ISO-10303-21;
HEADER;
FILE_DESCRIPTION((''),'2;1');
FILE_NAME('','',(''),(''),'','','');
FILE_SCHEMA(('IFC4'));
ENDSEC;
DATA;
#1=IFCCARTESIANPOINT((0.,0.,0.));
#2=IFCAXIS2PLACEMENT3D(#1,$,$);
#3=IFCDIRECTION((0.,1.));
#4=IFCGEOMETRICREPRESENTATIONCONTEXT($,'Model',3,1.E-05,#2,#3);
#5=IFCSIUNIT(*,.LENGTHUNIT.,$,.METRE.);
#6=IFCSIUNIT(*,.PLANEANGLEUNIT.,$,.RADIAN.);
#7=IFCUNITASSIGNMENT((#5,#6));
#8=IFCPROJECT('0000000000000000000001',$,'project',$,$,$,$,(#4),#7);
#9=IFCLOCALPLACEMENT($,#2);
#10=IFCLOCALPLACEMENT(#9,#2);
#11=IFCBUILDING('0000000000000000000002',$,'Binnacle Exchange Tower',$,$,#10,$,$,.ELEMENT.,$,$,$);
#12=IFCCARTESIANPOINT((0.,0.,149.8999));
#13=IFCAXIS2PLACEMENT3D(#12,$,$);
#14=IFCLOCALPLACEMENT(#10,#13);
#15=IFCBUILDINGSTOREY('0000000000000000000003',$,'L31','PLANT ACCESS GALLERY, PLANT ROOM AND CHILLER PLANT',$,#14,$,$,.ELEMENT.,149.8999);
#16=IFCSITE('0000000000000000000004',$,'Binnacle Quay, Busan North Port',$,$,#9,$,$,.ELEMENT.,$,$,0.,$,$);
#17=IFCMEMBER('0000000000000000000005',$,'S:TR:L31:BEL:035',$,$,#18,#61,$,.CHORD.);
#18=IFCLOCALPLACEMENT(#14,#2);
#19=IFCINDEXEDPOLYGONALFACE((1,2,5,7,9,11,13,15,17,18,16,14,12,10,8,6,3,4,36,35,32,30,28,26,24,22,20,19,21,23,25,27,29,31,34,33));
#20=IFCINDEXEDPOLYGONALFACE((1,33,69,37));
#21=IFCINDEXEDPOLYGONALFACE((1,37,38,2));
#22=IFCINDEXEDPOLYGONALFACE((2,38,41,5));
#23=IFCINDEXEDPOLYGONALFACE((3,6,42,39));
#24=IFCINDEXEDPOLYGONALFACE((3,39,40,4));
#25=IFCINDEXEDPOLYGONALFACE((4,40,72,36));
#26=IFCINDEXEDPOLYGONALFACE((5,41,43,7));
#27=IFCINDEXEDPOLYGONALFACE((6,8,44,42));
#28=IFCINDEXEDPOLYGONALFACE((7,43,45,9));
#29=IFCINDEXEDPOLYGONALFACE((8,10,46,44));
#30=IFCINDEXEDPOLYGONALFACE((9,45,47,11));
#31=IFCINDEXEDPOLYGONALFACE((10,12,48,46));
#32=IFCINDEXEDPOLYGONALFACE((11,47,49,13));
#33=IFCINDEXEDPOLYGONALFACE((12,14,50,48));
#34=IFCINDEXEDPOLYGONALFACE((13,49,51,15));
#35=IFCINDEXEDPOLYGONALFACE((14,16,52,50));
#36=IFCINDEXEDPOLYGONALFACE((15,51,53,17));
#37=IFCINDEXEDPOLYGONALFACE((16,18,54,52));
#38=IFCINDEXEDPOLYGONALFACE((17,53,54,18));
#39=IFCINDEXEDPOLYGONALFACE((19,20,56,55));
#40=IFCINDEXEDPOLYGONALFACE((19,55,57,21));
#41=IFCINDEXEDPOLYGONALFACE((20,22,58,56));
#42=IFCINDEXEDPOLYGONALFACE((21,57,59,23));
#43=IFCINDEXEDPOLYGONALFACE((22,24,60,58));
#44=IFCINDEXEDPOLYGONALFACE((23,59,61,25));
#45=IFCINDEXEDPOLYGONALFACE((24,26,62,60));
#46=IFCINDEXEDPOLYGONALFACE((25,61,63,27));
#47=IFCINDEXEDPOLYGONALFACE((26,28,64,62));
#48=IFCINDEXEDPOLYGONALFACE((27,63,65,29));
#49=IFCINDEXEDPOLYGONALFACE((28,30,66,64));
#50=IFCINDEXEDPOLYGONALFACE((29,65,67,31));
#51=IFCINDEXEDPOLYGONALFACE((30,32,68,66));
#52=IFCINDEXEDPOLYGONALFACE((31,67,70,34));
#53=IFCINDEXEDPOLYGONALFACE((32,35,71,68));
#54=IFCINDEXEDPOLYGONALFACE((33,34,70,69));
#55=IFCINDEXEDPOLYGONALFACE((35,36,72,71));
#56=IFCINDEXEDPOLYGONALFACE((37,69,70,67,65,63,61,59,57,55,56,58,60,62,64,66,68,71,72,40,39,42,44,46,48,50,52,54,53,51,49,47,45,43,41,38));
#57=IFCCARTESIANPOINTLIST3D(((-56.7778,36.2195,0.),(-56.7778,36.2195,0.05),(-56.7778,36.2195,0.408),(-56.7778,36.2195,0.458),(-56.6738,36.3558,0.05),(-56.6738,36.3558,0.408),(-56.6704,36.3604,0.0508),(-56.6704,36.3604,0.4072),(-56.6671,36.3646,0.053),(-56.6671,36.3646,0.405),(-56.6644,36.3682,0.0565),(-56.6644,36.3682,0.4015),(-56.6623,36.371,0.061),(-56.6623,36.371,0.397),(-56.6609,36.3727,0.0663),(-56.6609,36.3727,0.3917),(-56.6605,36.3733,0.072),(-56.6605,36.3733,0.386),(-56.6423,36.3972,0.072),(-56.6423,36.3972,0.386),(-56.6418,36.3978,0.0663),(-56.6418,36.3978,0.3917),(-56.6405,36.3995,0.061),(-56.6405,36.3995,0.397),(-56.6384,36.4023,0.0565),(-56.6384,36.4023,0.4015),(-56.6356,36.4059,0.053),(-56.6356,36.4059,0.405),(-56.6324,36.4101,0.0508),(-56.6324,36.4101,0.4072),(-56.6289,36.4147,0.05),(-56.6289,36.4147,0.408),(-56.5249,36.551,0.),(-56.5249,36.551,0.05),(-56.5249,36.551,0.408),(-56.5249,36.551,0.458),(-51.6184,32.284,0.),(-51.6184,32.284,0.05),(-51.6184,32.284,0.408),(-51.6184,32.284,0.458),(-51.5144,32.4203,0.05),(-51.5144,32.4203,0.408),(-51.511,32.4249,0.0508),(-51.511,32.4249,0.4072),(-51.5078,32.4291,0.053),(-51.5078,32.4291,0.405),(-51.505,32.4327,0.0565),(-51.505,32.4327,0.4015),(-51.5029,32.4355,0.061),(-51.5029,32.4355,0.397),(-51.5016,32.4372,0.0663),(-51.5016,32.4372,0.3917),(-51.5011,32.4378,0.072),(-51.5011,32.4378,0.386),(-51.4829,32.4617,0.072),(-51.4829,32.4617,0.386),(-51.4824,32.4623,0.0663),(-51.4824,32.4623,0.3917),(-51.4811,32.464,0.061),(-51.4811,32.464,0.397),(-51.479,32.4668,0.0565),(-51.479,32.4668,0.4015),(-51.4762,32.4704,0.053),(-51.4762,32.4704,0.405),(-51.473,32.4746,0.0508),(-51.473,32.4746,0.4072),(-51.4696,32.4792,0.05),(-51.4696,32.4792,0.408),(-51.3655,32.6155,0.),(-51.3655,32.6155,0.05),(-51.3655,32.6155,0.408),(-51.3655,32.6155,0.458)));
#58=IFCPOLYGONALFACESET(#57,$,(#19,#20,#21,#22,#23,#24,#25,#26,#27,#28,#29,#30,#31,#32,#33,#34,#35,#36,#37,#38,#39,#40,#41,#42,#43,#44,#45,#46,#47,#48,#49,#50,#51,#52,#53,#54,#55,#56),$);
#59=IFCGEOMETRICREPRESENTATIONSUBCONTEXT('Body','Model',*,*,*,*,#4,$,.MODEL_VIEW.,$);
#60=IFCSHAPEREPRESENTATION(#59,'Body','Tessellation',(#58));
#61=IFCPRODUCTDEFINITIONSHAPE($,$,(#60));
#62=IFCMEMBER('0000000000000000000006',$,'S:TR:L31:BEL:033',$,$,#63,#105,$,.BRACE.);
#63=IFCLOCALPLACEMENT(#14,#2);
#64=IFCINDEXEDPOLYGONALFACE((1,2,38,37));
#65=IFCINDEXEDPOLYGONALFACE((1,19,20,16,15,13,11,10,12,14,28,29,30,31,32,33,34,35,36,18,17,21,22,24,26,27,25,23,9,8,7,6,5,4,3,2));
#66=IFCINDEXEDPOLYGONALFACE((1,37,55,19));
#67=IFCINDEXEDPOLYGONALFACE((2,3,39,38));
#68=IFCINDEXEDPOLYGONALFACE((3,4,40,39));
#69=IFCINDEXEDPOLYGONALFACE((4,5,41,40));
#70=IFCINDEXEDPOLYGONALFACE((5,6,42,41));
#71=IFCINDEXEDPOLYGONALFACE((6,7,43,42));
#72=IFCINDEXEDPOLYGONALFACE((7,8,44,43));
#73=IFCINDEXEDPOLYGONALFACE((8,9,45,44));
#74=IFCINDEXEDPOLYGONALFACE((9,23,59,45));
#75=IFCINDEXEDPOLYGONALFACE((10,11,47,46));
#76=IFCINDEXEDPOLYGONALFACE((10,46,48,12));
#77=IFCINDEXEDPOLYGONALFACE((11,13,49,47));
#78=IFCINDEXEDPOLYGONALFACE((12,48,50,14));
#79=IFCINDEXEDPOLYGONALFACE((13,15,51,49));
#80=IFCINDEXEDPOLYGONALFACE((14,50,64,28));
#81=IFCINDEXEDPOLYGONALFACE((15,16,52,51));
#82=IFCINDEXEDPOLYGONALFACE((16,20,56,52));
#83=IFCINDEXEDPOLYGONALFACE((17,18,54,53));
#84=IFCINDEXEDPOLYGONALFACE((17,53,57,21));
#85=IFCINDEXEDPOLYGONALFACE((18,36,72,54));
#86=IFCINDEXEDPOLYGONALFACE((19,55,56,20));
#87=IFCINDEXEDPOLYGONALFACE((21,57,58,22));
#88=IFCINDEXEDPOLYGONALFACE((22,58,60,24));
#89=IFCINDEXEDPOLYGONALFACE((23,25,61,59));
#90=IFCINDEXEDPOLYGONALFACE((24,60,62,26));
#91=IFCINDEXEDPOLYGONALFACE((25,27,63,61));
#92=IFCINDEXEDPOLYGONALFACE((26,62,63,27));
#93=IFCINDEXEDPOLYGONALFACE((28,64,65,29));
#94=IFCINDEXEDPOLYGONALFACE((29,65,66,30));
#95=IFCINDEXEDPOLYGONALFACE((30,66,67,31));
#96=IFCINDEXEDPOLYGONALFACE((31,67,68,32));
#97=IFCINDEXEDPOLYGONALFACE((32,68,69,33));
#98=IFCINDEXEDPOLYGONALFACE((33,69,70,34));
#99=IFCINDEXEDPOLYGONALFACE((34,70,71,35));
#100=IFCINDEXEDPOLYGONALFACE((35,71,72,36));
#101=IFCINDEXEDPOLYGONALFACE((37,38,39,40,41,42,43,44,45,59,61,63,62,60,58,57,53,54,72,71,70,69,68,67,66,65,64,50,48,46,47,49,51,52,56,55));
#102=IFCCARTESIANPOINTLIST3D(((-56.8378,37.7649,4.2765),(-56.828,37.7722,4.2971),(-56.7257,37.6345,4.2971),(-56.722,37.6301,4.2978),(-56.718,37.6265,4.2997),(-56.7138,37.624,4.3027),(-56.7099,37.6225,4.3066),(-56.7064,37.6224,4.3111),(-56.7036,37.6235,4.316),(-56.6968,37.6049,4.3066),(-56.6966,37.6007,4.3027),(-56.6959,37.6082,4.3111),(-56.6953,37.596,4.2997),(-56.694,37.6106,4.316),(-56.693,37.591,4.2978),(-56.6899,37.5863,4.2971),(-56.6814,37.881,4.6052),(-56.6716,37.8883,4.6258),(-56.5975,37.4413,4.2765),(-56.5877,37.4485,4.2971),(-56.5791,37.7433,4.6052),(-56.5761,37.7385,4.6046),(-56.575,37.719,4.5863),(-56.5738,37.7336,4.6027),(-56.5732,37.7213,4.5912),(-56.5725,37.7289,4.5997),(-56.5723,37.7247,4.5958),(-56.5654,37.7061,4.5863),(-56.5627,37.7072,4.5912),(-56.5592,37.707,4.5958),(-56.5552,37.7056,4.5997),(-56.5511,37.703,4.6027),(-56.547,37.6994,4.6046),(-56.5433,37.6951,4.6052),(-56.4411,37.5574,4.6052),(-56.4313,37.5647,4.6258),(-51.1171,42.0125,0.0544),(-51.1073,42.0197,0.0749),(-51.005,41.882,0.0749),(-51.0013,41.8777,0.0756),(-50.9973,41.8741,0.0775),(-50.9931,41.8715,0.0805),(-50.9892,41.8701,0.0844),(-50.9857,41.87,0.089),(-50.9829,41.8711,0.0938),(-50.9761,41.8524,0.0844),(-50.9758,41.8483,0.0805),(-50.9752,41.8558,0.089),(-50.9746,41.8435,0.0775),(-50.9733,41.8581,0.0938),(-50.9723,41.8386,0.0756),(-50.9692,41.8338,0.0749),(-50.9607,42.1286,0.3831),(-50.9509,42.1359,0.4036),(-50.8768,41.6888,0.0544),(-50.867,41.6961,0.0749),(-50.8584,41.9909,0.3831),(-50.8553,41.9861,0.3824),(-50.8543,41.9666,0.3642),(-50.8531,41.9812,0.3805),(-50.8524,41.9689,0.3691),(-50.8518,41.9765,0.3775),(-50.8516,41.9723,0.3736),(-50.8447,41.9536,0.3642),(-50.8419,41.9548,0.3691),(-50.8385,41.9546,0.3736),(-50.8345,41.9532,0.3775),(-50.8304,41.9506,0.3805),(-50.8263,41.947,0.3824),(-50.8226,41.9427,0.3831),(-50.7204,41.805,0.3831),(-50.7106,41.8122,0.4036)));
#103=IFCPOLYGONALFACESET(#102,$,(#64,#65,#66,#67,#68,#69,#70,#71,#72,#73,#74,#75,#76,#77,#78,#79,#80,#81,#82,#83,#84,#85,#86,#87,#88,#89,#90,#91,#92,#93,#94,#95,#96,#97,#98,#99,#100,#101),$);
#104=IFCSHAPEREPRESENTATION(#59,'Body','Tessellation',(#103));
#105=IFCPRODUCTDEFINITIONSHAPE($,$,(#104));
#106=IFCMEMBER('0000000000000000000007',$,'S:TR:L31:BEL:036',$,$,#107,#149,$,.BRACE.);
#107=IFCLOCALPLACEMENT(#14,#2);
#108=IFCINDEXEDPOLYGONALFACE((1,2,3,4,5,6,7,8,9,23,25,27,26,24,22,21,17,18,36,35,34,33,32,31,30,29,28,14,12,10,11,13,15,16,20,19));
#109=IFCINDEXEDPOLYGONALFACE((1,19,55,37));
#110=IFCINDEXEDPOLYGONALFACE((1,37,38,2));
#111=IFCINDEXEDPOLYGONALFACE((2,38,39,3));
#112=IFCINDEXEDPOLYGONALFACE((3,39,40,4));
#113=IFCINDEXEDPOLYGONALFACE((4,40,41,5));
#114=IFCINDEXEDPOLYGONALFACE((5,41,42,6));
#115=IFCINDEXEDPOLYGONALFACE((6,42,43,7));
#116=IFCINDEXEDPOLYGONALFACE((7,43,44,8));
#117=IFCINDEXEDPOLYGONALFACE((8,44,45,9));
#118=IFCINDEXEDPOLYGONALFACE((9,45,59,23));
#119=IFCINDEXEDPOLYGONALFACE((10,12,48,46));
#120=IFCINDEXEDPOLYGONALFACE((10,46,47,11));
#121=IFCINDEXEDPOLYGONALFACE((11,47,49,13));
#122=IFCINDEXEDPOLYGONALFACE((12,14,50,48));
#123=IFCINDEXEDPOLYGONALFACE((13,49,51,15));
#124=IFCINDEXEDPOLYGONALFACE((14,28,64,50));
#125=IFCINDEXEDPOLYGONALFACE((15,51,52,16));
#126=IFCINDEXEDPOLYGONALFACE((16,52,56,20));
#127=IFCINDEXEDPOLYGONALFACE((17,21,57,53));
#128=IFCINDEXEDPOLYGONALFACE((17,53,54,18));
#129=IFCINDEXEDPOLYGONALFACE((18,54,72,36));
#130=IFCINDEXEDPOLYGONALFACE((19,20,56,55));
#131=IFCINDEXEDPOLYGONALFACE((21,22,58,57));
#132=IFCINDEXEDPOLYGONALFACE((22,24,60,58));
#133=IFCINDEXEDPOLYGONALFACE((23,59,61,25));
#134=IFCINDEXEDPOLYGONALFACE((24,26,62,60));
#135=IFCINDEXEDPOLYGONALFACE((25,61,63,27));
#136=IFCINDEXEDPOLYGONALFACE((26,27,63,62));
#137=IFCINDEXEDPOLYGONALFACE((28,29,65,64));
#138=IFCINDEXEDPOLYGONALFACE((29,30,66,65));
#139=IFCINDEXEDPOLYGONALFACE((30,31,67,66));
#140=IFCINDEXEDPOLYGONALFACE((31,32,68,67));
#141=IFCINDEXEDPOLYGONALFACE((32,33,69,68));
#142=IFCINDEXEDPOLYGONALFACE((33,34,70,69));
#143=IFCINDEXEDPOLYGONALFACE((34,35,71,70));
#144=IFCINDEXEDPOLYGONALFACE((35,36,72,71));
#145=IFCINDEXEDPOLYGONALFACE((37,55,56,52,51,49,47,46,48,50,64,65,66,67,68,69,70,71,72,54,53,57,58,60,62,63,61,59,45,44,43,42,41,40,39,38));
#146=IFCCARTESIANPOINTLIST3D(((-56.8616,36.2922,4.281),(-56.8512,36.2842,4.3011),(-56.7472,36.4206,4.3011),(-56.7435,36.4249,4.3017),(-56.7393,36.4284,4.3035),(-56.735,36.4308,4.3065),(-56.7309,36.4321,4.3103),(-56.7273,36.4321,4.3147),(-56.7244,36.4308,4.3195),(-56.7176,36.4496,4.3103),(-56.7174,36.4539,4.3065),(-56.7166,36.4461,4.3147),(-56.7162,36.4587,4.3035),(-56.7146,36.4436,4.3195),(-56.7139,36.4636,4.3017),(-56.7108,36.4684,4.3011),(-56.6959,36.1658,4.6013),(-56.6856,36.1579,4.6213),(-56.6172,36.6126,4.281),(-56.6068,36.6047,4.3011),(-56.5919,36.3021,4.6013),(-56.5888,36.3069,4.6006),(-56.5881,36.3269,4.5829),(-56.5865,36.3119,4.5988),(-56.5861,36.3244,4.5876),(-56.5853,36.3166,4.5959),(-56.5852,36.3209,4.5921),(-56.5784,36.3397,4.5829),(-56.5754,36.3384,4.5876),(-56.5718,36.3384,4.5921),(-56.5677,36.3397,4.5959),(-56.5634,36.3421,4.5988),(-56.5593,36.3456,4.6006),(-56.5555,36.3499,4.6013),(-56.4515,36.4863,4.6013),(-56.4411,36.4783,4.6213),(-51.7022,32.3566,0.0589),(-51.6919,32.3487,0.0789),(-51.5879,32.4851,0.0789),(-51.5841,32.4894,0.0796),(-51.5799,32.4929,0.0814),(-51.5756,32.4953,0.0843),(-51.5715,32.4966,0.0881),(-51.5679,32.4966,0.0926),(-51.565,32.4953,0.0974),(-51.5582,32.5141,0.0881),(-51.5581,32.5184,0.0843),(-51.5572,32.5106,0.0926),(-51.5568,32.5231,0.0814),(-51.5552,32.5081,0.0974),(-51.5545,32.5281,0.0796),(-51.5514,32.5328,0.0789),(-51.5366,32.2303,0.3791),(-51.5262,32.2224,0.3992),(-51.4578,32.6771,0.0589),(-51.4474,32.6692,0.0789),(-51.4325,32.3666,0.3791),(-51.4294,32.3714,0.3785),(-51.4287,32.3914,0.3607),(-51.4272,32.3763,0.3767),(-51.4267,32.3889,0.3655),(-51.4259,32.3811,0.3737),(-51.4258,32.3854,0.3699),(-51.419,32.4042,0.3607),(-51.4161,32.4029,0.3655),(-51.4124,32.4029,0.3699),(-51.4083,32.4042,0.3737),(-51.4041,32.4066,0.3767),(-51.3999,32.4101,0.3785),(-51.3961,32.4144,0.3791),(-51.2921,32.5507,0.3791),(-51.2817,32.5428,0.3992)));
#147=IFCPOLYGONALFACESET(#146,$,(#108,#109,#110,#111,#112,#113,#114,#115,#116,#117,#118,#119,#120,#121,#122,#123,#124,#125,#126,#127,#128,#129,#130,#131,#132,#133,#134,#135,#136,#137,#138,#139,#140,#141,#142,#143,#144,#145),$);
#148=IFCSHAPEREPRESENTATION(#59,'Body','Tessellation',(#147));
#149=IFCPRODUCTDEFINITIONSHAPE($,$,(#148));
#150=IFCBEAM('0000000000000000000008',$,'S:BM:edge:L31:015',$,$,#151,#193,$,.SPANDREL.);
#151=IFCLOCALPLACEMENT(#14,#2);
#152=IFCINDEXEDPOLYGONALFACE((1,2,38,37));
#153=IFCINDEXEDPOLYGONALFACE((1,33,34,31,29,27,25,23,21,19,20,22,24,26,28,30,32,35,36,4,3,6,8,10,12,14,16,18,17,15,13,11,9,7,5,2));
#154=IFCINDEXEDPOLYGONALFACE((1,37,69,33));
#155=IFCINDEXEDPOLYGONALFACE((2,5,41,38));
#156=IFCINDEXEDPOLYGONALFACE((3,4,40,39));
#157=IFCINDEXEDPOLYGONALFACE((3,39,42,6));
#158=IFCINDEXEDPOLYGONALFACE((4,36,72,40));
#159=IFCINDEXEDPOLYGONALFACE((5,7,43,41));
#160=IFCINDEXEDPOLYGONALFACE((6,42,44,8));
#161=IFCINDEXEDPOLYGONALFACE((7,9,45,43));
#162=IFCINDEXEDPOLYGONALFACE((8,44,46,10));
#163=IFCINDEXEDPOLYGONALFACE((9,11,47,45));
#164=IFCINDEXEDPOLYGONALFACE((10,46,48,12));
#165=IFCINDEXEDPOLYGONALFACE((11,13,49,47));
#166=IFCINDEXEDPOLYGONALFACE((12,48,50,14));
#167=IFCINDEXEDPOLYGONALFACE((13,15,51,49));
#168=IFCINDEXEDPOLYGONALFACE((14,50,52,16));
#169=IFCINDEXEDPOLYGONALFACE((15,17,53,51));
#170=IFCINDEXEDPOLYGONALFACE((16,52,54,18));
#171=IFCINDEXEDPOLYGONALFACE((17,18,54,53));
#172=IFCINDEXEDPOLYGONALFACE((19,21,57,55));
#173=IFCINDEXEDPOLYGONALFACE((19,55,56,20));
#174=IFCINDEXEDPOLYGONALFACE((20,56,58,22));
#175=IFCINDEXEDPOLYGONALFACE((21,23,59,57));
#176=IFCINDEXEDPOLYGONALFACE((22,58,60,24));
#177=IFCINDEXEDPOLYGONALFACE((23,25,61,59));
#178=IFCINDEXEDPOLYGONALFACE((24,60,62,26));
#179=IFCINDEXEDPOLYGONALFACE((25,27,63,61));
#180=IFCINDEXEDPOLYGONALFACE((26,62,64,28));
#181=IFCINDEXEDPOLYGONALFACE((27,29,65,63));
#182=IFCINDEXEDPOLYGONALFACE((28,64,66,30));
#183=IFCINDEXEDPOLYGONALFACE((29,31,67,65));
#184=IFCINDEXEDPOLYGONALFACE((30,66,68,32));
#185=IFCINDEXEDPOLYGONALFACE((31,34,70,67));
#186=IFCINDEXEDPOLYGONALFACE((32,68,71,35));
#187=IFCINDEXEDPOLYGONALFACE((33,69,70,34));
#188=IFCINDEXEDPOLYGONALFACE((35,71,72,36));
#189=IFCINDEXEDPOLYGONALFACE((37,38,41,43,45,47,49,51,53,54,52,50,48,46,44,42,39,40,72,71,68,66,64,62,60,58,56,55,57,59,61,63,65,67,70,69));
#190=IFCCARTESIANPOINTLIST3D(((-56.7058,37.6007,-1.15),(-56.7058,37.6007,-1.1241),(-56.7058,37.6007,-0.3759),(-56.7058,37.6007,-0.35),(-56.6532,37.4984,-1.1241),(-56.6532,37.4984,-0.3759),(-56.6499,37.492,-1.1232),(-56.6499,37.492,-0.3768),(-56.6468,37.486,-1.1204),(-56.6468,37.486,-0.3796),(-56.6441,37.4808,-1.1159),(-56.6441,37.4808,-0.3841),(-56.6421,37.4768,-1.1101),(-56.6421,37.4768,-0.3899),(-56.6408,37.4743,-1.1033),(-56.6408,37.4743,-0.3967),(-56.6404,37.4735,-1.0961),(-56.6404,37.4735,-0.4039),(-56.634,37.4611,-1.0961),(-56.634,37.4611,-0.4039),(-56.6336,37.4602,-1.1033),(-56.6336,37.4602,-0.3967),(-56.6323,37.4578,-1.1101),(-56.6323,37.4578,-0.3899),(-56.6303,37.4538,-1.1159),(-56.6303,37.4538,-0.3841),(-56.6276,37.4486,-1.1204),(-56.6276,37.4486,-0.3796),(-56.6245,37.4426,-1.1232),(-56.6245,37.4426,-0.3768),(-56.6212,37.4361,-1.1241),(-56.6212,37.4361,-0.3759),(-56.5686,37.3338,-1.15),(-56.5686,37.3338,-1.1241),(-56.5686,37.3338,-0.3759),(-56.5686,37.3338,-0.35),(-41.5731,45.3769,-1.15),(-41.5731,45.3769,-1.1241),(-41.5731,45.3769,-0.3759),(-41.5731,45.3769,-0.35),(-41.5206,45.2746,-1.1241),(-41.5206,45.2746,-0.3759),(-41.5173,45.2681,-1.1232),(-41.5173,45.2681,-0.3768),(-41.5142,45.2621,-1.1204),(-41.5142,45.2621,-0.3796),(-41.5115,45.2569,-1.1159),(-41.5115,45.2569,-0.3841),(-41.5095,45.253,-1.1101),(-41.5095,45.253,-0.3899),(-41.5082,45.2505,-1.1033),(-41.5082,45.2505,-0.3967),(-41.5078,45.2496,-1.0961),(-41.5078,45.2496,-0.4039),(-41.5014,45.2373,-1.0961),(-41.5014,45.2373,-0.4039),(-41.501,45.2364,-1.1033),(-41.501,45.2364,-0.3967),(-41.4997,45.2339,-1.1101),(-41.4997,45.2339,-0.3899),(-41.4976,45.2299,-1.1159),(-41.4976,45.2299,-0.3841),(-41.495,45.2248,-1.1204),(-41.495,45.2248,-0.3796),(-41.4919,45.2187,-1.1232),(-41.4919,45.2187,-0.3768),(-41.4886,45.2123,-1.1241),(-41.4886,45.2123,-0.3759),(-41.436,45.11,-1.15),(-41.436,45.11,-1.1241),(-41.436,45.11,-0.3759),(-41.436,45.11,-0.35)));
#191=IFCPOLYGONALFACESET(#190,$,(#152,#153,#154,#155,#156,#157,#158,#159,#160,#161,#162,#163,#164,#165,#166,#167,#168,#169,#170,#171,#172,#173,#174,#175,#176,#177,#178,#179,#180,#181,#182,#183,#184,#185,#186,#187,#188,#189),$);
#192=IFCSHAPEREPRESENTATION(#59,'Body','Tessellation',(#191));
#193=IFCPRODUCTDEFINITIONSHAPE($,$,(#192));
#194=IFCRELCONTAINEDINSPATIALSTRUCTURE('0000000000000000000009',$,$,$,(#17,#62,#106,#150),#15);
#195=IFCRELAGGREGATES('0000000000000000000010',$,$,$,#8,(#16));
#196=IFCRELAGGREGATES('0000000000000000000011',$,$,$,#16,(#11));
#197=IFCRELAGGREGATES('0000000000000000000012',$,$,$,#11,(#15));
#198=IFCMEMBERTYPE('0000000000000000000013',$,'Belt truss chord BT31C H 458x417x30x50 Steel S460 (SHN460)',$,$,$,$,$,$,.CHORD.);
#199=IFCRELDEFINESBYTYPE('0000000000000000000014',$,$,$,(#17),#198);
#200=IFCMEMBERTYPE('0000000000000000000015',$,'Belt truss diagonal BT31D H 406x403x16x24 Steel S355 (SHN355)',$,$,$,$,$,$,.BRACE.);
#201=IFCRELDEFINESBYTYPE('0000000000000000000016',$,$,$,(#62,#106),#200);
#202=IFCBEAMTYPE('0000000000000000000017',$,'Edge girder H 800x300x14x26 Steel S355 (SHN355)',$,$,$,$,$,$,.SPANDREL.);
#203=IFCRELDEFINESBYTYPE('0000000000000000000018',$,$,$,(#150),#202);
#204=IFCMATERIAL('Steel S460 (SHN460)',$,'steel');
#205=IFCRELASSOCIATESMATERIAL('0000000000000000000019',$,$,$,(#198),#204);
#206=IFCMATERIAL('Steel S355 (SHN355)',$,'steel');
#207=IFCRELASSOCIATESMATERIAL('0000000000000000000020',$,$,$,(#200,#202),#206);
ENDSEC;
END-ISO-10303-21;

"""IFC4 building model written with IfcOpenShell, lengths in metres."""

from ifc_helpers import new_model, si_unit, direction, frame, origin, origin_2d, place, context, subcontext, project, spatial, i_section, extrude, material, material_profile, profile_set, type_object, element, save


model = new_model("IFC4")

# Units and contexts
model_context = context("Model", 3, precision=1e-05, world=origin(), true_north=direction((0.0, 1.0)))
body_context = subcontext(model_context, "Body", "Model", "MODEL_VIEW")
ifc_project = project(units=[si_unit("LENGTHUNIT", "METRE"), si_unit("PLANEANGLEUNIT", "RADIAN")], contexts=[model_context])

# Site, building, storey
site_placement = place(None, origin())
site = spatial("IfcSite", under=ifc_project, at=site_placement, Name="Binnacle Quay, Busan North Port", CompositionType="ELEMENT", RefElevation=0.0)
building_placement = place(site_placement, origin())
building = spatial("IfcBuilding", under=site, at=building_placement, Name="Binnacle Exchange Tower", CompositionType="ELEMENT")
storey_placement = place(building_placement, frame((0.0, 0.0, 149.8999)))
storey = spatial("IfcBuildingStorey", under=building, at=storey_placement, Name="L31", Description="PLANT ACCESS GALLERY, PLANT ROOM AND CHILLER PLANT", CompositionType="ELEMENT", Elevation=149.8999)

# Members
ifc_material_1 = material(Name="Steel S460 (SHN460)", Category="steel")
ifc_material_profile_1 = material_profile(ifc_material_1, i_section(OverallWidth=0.417, OverallDepth=0.458, WebThickness=0.03, FlangeThickness=0.05, FilletRadius=0.022, at=origin_2d()), Name="H 458x417x30x50")
ifc_profile_set_1 = profile_set([ifc_material_profile_1], Name="Steel S460 (SHN460)")
member_type_1 = type_object("IfcMemberType", Name="Belt truss chord BT31C H 458x417x30x50 Steel S460 (SHN460)", PredefinedType="CHORD", material=ifc_profile_set_1)
for number, where, z_axis, x_axis, name in (
    (1, (-56.6514, 36.3853, 0.229), (0.795093, -0.606487, 0.0), (0.606487, 0.795093, 0.0), "S:TR:L31:BEL:035"),
):
    element("IfcMember", number, at=place(storey_placement, frame(where, z_axis=z_axis, x_axis=x_axis)), inside=storey, type_object=member_type_1, Name=name, PredefinedType="CHORD", context=body_context, shape_type="SweptSolid", body=[
        extrude(i_section(OverallWidth=0.417, OverallDepth=0.458, WebThickness=0.03, FlangeThickness=0.05, FilletRadius=0.022, at=origin_2d()), origin(), (0.0, 0.0, 1.0), 6.489),
    ])
ifc_material_2 = material(Name="Steel S355 (SHN355)", Category="steel")
ifc_material_profile_2 = material_profile(ifc_material_2, i_section(OverallWidth=0.4031, OverallDepth=0.406, WebThickness=0.0161, FlangeThickness=0.0239, FilletRadius=0.022, at=origin_2d()), Name="H 406x403x16x24")
ifc_profile_set_2 = profile_set([ifc_material_profile_2], Name="Steel S355 (SHN355)")
member_type_2 = type_object("IfcMemberType", Name="Belt truss diagonal BT31D H 406x403x16x24 Steel S355 (SHN355)", PredefinedType="BRACE", material=ifc_profile_set_2)
member_1_placement = place(storey_placement, frame((-50.9138, 41.9124, 0.229), z_axis=(-0.690722, -0.512854, 0.509788), x_axis=(0.596133, -0.802885, 0.0)))
element("IfcMember", 2, at=member_1_placement, inside=storey, type_object=member_type_2, Name="S:TR:L31:BEL:033", PredefinedType="BRACE", context=body_context, shape_type="SweptSolid", body=[
    extrude(i_section(OverallWidth=0.4031, OverallDepth=0.406, WebThickness=0.0161, FlangeThickness=0.0239, FilletRadius=0.022, at=origin_2d()), origin(), (0.0, 0.0, 1.0), 8.2822),
])
member_2_placement = place(storey_placement, frame((-56.6514, 36.3853, 4.4512), z_axis=(0.66644, -0.508353, -0.545376), x_axis=(0.606487, 0.795093, 0.0)))
element("IfcMember", 3, at=member_2_placement, inside=storey, type_object=member_type_2, Name="S:TR:L31:BEL:036", PredefinedType="BRACE", context=body_context, shape_type="SweptSolid", body=[
    extrude(i_section(OverallWidth=0.4031, OverallDepth=0.406, WebThickness=0.0161, FlangeThickness=0.0239, FilletRadius=0.022, at=origin_2d()), origin(), (0.0, 0.0, 1.0), 7.7417),
])

# Beam
ifc_material_profile_3 = material_profile(ifc_material_2, i_section(OverallWidth=0.3, OverallDepth=0.8, WebThickness=0.0139, FlangeThickness=0.0259, FilletRadius=0.0281, at=origin_2d()), Name="H 800x300x14x26")
ifc_profile_set_3 = profile_set([ifc_material_profile_3], Name="Steel S355 (SHN355)")
beam_type = type_object("IfcBeamType", Name="Edge girder H 800x300x14x26 Steel S355 (SHN355)", PredefinedType="SPANDREL", material=ifc_profile_set_3)
beam_placement = place(storey_placement, frame((-56.6372, 37.4673, -0.75), z_axis=(0.889439, 0.457053, 0.0), x_axis=(-0.457053, 0.889439, 0.0)))
element("IfcBeam", 4, at=beam_placement, inside=storey, type_object=beam_type, Name="S:BM:edge:L31:015", PredefinedType="SPANDREL", context=body_context, shape_type="SweptSolid", body=[
    extrude(i_section(OverallWidth=0.3, OverallDepth=0.8, WebThickness=0.0139, FlangeThickness=0.0259, FilletRadius=0.0281, at=origin_2d()), origin(), (0.0, 0.0, 1.0), 17.0137),
])

save(model, "model.ifc")
